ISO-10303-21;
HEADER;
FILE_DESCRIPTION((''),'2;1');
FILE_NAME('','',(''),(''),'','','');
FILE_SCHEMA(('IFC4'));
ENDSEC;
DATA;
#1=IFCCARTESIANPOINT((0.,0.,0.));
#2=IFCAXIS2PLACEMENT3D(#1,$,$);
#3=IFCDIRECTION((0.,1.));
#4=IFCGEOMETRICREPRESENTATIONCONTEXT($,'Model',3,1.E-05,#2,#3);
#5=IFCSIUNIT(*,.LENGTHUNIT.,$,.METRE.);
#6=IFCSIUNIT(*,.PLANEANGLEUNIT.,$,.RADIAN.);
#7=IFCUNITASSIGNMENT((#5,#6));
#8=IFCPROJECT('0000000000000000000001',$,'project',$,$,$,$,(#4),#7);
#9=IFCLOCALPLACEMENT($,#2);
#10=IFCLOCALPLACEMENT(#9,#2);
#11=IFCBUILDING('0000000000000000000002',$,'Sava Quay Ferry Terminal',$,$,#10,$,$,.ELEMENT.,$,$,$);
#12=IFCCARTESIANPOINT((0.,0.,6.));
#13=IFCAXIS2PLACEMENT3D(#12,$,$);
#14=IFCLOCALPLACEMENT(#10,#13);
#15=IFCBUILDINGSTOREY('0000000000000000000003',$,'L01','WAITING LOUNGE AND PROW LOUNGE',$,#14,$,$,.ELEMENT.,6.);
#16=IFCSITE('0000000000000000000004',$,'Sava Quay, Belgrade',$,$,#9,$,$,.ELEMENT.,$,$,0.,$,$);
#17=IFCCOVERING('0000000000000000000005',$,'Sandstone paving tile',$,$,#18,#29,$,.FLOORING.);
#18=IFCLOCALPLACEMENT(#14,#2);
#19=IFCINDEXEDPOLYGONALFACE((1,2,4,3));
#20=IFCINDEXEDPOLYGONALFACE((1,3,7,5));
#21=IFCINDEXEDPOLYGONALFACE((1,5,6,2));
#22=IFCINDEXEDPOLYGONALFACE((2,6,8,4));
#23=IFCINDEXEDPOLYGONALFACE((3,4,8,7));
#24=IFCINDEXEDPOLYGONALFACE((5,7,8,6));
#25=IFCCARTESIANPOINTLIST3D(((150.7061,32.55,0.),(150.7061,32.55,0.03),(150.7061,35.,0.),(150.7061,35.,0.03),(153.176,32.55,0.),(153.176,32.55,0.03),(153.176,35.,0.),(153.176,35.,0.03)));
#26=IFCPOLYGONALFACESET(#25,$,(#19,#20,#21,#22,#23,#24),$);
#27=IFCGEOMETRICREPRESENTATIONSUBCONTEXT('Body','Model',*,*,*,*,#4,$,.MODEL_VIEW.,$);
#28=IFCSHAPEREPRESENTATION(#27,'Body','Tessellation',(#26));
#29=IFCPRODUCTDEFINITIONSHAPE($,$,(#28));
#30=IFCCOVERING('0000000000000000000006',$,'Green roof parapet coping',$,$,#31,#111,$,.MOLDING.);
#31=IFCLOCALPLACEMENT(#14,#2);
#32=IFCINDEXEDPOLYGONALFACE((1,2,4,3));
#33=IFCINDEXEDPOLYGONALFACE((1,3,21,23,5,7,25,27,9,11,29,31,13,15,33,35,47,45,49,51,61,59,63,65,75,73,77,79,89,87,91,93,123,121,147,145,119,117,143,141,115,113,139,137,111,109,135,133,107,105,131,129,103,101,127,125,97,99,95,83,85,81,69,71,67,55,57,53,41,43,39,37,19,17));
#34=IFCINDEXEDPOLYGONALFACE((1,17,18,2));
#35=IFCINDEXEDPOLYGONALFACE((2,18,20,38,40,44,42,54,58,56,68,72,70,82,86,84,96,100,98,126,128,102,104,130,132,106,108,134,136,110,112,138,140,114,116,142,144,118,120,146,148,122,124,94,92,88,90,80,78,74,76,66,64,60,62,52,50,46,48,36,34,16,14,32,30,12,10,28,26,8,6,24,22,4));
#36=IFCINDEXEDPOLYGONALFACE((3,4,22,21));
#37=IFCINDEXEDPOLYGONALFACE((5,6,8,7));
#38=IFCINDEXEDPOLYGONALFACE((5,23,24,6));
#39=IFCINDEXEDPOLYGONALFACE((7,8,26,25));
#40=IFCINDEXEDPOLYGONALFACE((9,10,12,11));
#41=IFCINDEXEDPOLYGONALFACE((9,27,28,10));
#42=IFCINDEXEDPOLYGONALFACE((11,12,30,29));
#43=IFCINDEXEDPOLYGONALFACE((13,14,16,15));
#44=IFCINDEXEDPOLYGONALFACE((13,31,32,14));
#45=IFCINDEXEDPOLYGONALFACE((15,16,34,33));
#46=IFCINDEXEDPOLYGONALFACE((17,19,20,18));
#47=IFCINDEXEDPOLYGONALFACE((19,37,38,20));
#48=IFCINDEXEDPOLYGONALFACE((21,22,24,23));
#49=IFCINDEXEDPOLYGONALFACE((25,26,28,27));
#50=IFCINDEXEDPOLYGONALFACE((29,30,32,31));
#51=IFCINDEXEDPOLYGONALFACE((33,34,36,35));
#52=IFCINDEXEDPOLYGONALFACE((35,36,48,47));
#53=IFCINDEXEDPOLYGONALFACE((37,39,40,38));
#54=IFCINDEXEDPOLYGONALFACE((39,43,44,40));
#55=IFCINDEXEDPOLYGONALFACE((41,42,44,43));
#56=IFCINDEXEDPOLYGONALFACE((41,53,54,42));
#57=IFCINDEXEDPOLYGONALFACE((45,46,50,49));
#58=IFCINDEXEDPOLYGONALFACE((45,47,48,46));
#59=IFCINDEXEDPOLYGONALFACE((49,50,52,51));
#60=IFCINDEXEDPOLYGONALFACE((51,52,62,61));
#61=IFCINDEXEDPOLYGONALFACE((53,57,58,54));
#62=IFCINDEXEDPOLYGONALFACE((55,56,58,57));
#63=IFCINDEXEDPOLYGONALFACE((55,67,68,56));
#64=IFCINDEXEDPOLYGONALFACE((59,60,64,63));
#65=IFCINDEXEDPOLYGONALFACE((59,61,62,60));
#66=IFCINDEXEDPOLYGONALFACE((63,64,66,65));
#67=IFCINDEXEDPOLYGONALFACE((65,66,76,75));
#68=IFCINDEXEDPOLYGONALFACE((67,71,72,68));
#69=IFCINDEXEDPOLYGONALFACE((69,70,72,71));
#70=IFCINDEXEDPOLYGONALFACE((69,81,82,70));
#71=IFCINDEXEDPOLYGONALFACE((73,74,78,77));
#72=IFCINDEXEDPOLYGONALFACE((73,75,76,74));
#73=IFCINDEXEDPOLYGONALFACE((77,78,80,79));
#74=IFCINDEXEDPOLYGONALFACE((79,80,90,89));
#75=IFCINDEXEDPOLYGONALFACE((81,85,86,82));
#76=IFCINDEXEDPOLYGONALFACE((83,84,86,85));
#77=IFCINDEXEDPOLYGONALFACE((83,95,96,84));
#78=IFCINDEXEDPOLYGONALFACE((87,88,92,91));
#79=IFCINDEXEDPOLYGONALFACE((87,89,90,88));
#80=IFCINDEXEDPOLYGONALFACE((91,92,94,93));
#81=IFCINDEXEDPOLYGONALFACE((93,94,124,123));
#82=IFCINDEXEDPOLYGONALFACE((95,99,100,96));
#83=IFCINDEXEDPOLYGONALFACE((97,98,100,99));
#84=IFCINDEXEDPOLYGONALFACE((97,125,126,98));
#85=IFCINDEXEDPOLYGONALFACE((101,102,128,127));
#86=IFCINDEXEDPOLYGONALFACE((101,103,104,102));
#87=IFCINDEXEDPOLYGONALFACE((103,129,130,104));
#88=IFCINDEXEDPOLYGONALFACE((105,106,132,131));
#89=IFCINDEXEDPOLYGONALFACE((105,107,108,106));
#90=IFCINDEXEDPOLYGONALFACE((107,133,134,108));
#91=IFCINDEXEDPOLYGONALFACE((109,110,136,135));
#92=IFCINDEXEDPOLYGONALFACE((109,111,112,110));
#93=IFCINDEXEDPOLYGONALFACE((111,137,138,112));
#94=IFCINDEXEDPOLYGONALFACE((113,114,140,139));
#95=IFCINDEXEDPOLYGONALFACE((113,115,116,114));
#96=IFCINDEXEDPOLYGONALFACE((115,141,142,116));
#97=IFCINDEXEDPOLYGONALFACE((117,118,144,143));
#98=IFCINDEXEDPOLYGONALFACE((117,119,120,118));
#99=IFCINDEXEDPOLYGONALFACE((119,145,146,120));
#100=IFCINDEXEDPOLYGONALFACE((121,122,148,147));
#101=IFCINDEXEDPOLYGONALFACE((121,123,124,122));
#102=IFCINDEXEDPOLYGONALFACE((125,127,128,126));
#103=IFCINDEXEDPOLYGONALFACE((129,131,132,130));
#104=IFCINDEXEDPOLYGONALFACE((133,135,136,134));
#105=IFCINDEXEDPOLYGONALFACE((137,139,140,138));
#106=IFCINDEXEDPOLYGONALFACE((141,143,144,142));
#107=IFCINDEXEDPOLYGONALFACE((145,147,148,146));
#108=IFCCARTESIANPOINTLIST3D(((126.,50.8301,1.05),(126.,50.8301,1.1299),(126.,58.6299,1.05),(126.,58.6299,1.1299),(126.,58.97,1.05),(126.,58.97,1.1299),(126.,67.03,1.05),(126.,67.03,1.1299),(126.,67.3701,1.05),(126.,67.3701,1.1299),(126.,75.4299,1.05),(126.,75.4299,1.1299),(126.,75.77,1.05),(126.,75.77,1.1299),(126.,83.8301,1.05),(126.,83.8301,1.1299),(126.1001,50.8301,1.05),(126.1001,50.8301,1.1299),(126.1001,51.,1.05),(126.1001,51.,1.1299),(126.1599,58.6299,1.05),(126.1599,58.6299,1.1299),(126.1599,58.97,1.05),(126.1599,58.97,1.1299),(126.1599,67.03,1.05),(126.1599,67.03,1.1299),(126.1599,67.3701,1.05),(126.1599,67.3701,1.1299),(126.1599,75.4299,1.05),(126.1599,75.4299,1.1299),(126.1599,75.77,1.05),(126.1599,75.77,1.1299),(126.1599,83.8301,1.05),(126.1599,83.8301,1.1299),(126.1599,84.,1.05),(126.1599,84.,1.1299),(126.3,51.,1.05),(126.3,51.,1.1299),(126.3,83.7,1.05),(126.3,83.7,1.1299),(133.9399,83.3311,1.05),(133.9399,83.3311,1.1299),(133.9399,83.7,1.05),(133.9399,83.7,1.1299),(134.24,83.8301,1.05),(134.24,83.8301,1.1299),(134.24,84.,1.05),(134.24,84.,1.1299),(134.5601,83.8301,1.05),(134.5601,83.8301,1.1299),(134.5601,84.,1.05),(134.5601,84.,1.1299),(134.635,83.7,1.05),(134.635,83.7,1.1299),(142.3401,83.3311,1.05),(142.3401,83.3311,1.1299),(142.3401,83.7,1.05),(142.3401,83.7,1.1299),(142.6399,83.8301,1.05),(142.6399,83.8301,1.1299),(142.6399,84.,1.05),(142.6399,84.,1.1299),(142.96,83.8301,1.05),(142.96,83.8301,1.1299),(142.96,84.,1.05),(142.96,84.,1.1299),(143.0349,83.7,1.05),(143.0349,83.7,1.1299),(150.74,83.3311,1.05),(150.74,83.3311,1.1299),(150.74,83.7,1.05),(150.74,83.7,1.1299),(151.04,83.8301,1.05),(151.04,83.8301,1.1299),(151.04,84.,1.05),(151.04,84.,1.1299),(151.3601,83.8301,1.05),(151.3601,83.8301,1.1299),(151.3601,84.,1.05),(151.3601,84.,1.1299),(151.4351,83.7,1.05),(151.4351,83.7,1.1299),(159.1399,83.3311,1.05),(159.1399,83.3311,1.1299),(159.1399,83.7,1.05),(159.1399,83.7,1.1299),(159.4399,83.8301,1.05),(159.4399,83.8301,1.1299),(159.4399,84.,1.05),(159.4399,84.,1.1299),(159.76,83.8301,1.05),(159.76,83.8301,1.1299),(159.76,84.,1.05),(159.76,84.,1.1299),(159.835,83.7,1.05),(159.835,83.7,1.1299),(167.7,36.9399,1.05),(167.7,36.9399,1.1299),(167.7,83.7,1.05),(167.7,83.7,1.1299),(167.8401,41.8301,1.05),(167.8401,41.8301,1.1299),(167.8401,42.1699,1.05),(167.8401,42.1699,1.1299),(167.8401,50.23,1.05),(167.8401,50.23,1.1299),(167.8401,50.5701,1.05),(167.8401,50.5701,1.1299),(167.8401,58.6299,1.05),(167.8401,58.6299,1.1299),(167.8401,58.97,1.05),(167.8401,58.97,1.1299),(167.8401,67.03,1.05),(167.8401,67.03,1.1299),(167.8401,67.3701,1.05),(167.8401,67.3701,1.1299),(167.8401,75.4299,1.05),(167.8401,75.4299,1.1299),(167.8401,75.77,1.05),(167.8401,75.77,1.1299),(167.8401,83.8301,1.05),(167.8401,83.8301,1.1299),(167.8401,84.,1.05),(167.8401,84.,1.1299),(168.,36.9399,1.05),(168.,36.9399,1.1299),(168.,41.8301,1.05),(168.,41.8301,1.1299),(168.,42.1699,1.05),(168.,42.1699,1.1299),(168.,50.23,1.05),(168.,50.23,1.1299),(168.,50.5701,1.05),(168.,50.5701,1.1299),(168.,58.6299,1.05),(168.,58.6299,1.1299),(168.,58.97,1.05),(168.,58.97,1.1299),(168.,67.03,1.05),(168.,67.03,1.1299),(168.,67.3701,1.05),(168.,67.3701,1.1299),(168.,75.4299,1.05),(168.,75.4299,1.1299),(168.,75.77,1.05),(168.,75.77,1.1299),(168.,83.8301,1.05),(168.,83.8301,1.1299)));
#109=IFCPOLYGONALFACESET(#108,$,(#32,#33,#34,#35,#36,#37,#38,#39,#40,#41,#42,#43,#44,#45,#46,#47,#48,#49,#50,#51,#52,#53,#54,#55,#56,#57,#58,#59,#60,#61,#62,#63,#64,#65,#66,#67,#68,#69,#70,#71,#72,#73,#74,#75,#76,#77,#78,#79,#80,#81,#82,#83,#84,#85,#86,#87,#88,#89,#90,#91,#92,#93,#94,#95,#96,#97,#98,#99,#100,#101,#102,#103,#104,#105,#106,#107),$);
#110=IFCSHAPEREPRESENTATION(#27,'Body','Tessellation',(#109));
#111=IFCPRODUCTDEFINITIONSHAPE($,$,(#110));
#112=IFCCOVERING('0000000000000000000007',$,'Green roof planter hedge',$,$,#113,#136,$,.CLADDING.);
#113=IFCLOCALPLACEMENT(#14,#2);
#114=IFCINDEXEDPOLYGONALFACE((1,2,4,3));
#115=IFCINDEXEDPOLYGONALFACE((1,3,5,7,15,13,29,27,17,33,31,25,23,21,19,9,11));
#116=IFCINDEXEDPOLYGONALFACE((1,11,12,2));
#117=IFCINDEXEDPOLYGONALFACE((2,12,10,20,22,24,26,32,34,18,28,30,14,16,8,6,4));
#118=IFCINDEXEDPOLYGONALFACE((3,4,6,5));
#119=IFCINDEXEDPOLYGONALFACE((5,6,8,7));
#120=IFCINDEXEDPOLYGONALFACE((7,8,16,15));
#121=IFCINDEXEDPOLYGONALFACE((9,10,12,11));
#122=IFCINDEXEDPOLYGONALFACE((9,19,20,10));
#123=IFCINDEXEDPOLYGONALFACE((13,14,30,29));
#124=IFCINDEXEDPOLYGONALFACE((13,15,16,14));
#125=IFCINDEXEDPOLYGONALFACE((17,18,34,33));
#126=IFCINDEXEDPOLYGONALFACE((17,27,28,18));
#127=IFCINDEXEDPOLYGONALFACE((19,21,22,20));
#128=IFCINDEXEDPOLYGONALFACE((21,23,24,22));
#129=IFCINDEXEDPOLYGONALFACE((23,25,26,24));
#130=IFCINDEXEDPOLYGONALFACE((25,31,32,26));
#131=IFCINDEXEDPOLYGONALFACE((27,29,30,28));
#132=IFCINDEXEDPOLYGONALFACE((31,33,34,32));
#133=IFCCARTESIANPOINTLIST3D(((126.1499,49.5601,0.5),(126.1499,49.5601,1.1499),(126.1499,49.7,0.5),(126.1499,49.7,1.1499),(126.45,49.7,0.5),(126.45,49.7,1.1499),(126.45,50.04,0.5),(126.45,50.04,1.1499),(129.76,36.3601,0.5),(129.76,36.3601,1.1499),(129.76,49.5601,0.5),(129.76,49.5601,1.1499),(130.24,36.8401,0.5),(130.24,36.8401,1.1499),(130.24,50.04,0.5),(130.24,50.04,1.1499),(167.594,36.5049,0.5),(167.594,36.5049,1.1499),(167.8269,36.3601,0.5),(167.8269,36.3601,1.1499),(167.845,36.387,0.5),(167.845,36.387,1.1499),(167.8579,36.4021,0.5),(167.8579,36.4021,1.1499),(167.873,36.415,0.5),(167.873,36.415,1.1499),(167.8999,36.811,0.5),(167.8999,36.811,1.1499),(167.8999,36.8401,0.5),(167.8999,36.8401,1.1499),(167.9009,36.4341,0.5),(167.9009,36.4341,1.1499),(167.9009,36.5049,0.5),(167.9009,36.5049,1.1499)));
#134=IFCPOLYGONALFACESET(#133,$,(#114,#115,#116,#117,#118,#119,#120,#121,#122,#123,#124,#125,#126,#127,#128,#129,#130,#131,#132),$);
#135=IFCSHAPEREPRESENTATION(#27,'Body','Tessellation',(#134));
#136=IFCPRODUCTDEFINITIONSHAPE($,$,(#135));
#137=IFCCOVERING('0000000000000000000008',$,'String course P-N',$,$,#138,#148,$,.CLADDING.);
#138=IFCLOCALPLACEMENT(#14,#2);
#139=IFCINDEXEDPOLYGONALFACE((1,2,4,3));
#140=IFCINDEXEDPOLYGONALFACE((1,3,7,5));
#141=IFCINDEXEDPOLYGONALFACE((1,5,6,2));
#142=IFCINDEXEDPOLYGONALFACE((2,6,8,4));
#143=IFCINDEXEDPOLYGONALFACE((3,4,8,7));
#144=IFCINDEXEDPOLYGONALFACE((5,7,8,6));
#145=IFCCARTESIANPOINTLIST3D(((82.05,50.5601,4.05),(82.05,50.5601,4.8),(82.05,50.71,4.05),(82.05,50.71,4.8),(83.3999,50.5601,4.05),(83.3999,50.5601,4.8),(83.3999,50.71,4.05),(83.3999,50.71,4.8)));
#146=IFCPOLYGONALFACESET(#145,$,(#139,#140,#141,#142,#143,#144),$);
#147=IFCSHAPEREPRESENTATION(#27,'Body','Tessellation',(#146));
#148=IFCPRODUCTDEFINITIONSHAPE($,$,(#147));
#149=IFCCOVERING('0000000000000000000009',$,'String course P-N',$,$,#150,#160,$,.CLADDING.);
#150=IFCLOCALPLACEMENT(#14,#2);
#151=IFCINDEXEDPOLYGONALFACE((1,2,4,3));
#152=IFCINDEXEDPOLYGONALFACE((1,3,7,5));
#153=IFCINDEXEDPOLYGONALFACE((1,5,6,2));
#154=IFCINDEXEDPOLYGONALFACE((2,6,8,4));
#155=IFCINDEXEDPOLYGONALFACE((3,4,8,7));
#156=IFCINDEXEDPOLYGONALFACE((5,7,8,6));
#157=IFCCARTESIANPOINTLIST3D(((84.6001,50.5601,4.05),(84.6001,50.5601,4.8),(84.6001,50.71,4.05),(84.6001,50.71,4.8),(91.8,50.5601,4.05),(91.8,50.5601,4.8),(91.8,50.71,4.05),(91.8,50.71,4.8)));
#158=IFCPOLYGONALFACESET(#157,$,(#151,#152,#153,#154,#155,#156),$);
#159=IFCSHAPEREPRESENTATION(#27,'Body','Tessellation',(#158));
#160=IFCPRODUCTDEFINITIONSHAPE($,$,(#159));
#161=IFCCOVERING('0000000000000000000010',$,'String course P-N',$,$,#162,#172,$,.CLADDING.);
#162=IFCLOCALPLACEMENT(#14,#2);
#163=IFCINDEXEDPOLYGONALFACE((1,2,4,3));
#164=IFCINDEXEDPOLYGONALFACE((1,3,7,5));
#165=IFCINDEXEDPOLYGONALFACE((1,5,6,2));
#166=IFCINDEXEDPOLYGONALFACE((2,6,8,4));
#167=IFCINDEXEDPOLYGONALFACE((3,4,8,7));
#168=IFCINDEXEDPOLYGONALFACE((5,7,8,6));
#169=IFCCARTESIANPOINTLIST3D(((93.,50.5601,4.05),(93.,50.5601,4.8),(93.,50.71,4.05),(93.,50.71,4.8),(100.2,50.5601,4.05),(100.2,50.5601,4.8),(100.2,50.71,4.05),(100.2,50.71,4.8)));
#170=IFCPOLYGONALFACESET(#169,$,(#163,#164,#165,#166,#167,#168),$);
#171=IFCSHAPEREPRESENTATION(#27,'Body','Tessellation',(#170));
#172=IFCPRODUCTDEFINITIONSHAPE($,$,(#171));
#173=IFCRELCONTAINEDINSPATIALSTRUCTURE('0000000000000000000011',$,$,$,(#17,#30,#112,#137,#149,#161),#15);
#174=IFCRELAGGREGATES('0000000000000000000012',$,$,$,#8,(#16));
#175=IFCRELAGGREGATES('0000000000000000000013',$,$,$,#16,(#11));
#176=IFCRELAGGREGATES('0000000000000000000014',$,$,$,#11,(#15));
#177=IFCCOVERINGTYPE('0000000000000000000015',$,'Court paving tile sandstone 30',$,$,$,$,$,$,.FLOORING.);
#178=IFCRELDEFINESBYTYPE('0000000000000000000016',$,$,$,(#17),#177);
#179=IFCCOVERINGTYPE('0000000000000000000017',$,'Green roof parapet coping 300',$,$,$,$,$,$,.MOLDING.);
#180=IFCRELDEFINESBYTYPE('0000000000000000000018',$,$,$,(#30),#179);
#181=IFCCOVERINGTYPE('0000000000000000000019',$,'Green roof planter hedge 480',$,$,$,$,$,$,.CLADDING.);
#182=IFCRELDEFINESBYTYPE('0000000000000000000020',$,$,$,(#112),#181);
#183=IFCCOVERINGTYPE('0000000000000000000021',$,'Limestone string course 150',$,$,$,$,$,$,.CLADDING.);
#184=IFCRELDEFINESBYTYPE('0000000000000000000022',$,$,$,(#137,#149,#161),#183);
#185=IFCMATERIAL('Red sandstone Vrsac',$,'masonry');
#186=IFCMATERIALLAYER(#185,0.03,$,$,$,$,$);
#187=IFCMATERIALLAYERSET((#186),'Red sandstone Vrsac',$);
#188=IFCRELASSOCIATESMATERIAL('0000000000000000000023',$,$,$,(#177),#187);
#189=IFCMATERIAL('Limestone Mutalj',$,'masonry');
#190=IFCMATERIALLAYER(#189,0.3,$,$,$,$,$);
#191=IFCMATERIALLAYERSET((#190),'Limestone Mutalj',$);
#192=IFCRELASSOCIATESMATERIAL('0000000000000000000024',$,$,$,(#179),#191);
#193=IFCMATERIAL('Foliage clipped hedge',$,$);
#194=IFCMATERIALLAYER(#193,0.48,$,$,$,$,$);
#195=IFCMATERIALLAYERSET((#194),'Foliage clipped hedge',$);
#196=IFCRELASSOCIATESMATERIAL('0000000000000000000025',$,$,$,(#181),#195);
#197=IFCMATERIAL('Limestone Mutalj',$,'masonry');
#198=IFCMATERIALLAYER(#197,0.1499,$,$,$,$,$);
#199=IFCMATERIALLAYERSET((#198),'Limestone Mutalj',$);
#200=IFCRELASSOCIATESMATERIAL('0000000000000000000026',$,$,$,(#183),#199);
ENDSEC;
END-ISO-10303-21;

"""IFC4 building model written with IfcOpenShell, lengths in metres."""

from ifc_helpers import new_model, si_unit, direction, frame, origin, place, context, subcontext, project, spatial, polyline, outline, extrude, material, layer, layer_set, type_object, element, save


model = new_model("IFC4")

# Units and contexts
model_context = context("Model", 3, precision=1e-05, world=origin(), true_north=direction((0.0, 1.0)))
body_context = subcontext(model_context, "Body", "Model", "MODEL_VIEW")
ifc_project = project(units=[si_unit("LENGTHUNIT", "METRE"), si_unit("PLANEANGLEUNIT", "RADIAN")], contexts=[model_context])

# Site, building, storey
site_placement = place(None, origin())
site = spatial("IfcSite", under=ifc_project, at=site_placement, Name="Sava Quay, Belgrade", CompositionType="ELEMENT", RefElevation=0.0)
building_placement = place(site_placement, origin())
building = spatial("IfcBuilding", under=site, at=building_placement, Name="Sava Quay Ferry Terminal", CompositionType="ELEMENT")
storey_placement = place(building_placement, frame((0.0, 0.0, 6.0)))
storey = spatial("IfcBuildingStorey", under=building, at=storey_placement, Name="L01", Description="WAITING LOUNGE AND PROW LOUNGE", CompositionType="ELEMENT", Elevation=6.0)

# Coverings
ifc_material_1 = material(Name="Red sandstone Vrsac", Category="masonry")
ifc_layer_1 = layer(ifc_material_1, 0.03)
ifc_layer_set_1 = layer_set([ifc_layer_1], Name="Red sandstone Vrsac")
covering_type_1 = type_object("IfcCoveringType", Name="Court paving tile sandstone 30", PredefinedType="FLOORING", material=ifc_layer_set_1)
covering_1_placement = place(storey_placement, origin())
element("IfcCovering", 1, at=covering_1_placement, inside=storey, type_object=covering_type_1, Name="Sandstone paving tile", PredefinedType="FLOORING", context=body_context, shape_type="SweptSolid", body=[
    extrude(outline(polyline([(150.7061, 32.55), (153.176, 32.55), (153.176, 35.0), (150.7061, 35.0), (150.7061, 32.55)])), origin(), (0.0, 0.0, 1.0), 0.03),
])
ifc_material_2 = material(Name="Limestone Mutalj", Category="masonry")
ifc_layer_2 = layer(ifc_material_2, 0.3)
ifc_layer_set_2 = layer_set([ifc_layer_2], Name="Limestone Mutalj")
covering_type_2 = type_object("IfcCoveringType", Name="Green roof parapet coping 300", PredefinedType="MOLDING", material=ifc_layer_set_2)
covering_2_placement = place(storey_placement, frame((0.0, 0.0, 1.05)))
element("IfcCovering", 2, at=covering_2_placement, inside=storey, type_object=covering_type_2, Name="Green roof parapet coping", PredefinedType="MOLDING", context=body_context, shape_type="SweptSolid", body=[
    extrude(outline(polyline([(159.835, 83.7), (167.7, 83.7), (167.7, 36.9399), (168.0, 36.9399), (168.0, 41.8301), (167.8401, 41.8301), (167.8401, 42.1699), (168.0, 42.1699), (168.0, 50.23), (167.8401, 50.23), (167.8401, 50.5701), (168.0, 50.5701), (168.0, 58.6299), (167.8401, 58.6299), (167.8401, 58.97), (168.0, 58.97), (168.0, 67.03), (167.8401, 67.03), (167.8401, 67.3701), (168.0, 67.3701), (168.0, 75.4299), (167.8401, 75.4299), (167.8401, 75.77), (168.0, 75.77), (168.0, 83.8301), (167.8401, 83.8301), (167.8401, 84.0), (159.76, 84.0), (159.76, 83.8301), (159.4399, 83.8301), (159.4399, 84.0), (151.3601, 84.0), (151.3601, 83.8301), (151.04, 83.8301), (151.04, 84.0), (142.96, 84.0), (142.96, 83.8301), (142.6399, 83.8301), (142.6399, 84.0), (134.5601, 84.0), (134.5601, 83.8301), (134.24, 83.8301), (134.24, 84.0), (126.1599, 84.0), (126.1599, 83.8301), (126.0, 83.8301), (126.0, 75.77), (126.1599, 75.77), (126.1599, 75.4299), (126.0, 75.4299), (126.0, 67.3701), (126.1599, 67.3701), (126.1599, 67.03), (126.0, 67.03), (126.0, 58.97), (126.1599, 58.97), (126.1599, 58.6299), (126.0, 58.6299), (126.0, 50.8301), (126.1001, 50.8301), (126.1001, 51.0), (126.3, 51.0), (126.3, 83.7), (133.9399, 83.7), (133.9399, 83.3311), (134.635, 83.7), (142.3401, 83.7), (142.3401, 83.3311), (143.0349, 83.7), (150.74, 83.7), (150.74, 83.3311), (151.4351, 83.7), (159.1399, 83.7), (159.1399, 83.3311), (159.835, 83.7)])), origin(), (0.0, 0.0, 1.0), 0.0798),
])
ifc_material_3 = material(Name="Foliage clipped hedge")
ifc_layer_3 = layer(ifc_material_3, 0.48)
ifc_layer_set_3 = layer_set([ifc_layer_3], Name="Foliage clipped hedge")
covering_type_3 = type_object("IfcCoveringType", Name="Green roof planter hedge 480", PredefinedType="CLADDING", material=ifc_layer_set_3)
covering_3_placement = place(storey_placement, frame((0.0, 0.0, 0.5)))
element("IfcCovering", 3, at=covering_3_placement, inside=storey, type_object=covering_type_3, Name="Green roof planter hedge", PredefinedType="CLADDING", context=body_context, shape_type="SweptSolid", body=[
    extrude(outline(polyline([(126.1499, 49.7), (126.1499, 49.5601), (129.76, 49.5601), (129.76, 36.3601), (167.8269, 36.3601), (167.845, 36.387), (167.8579, 36.4021), (167.873, 36.415), (167.9009, 36.4341), (167.9009, 36.5049), (167.594, 36.5049), (167.8999, 36.811), (167.8999, 36.8401), (130.24, 36.8401), (130.24, 50.04), (126.45, 50.04), (126.45, 49.7), (126.1499, 49.7)])), origin(), (0.0, 0.0, 1.0), 0.6499),
])
ifc_material_4 = material(Name="Limestone Mutalj", Category="masonry")
ifc_layer_4 = layer(ifc_material_4, 0.1499)
ifc_layer_set_4 = layer_set([ifc_layer_4], Name="Limestone Mutalj")
covering_type_4 = type_object("IfcCoveringType", Name="Limestone string course 150", PredefinedType="CLADDING", material=ifc_layer_set_4)
covering_4_placement = place(storey_placement, frame((0.0, 0.0, 4.05)))
element("IfcCovering", 4, at=covering_4_placement, inside=storey, type_object=covering_type_4, Name="String course P-N", PredefinedType="CLADDING", context=body_context, shape_type="SweptSolid", body=[
    extrude(outline(polyline([(82.05, 50.5601), (83.3999, 50.5601), (83.3999, 50.71), (82.05, 50.71), (82.05, 50.5601)])), origin(), (0.0, 0.0, 1.0), 0.75),
])
covering_5_placement = place(storey_placement, frame((0.0, 0.0, 4.05)))
element("IfcCovering", 5, at=covering_5_placement, inside=storey, type_object=covering_type_4, Name="String course P-N", PredefinedType="CLADDING", context=body_context, shape_type="SweptSolid", body=[
    extrude(outline(polyline([(84.6001, 50.5601), (91.8, 50.5601), (91.8, 50.71), (84.6001, 50.71), (84.6001, 50.5601)])), origin(), (0.0, 0.0, 1.0), 0.75),
])
covering_6_placement = place(storey_placement, frame((0.0, 0.0, 4.05)))
element("IfcCovering", 6, at=covering_6_placement, inside=storey, type_object=covering_type_4, Name="String course P-N", PredefinedType="CLADDING", context=body_context, shape_type="SweptSolid", body=[
    extrude(outline(polyline([(93.0, 50.5601), (100.2, 50.5601), (100.2, 50.71), (93.0, 50.71), (93.0, 50.5601)])), origin(), (0.0, 0.0, 1.0), 0.75),
])

save(model, "model.ifc")
